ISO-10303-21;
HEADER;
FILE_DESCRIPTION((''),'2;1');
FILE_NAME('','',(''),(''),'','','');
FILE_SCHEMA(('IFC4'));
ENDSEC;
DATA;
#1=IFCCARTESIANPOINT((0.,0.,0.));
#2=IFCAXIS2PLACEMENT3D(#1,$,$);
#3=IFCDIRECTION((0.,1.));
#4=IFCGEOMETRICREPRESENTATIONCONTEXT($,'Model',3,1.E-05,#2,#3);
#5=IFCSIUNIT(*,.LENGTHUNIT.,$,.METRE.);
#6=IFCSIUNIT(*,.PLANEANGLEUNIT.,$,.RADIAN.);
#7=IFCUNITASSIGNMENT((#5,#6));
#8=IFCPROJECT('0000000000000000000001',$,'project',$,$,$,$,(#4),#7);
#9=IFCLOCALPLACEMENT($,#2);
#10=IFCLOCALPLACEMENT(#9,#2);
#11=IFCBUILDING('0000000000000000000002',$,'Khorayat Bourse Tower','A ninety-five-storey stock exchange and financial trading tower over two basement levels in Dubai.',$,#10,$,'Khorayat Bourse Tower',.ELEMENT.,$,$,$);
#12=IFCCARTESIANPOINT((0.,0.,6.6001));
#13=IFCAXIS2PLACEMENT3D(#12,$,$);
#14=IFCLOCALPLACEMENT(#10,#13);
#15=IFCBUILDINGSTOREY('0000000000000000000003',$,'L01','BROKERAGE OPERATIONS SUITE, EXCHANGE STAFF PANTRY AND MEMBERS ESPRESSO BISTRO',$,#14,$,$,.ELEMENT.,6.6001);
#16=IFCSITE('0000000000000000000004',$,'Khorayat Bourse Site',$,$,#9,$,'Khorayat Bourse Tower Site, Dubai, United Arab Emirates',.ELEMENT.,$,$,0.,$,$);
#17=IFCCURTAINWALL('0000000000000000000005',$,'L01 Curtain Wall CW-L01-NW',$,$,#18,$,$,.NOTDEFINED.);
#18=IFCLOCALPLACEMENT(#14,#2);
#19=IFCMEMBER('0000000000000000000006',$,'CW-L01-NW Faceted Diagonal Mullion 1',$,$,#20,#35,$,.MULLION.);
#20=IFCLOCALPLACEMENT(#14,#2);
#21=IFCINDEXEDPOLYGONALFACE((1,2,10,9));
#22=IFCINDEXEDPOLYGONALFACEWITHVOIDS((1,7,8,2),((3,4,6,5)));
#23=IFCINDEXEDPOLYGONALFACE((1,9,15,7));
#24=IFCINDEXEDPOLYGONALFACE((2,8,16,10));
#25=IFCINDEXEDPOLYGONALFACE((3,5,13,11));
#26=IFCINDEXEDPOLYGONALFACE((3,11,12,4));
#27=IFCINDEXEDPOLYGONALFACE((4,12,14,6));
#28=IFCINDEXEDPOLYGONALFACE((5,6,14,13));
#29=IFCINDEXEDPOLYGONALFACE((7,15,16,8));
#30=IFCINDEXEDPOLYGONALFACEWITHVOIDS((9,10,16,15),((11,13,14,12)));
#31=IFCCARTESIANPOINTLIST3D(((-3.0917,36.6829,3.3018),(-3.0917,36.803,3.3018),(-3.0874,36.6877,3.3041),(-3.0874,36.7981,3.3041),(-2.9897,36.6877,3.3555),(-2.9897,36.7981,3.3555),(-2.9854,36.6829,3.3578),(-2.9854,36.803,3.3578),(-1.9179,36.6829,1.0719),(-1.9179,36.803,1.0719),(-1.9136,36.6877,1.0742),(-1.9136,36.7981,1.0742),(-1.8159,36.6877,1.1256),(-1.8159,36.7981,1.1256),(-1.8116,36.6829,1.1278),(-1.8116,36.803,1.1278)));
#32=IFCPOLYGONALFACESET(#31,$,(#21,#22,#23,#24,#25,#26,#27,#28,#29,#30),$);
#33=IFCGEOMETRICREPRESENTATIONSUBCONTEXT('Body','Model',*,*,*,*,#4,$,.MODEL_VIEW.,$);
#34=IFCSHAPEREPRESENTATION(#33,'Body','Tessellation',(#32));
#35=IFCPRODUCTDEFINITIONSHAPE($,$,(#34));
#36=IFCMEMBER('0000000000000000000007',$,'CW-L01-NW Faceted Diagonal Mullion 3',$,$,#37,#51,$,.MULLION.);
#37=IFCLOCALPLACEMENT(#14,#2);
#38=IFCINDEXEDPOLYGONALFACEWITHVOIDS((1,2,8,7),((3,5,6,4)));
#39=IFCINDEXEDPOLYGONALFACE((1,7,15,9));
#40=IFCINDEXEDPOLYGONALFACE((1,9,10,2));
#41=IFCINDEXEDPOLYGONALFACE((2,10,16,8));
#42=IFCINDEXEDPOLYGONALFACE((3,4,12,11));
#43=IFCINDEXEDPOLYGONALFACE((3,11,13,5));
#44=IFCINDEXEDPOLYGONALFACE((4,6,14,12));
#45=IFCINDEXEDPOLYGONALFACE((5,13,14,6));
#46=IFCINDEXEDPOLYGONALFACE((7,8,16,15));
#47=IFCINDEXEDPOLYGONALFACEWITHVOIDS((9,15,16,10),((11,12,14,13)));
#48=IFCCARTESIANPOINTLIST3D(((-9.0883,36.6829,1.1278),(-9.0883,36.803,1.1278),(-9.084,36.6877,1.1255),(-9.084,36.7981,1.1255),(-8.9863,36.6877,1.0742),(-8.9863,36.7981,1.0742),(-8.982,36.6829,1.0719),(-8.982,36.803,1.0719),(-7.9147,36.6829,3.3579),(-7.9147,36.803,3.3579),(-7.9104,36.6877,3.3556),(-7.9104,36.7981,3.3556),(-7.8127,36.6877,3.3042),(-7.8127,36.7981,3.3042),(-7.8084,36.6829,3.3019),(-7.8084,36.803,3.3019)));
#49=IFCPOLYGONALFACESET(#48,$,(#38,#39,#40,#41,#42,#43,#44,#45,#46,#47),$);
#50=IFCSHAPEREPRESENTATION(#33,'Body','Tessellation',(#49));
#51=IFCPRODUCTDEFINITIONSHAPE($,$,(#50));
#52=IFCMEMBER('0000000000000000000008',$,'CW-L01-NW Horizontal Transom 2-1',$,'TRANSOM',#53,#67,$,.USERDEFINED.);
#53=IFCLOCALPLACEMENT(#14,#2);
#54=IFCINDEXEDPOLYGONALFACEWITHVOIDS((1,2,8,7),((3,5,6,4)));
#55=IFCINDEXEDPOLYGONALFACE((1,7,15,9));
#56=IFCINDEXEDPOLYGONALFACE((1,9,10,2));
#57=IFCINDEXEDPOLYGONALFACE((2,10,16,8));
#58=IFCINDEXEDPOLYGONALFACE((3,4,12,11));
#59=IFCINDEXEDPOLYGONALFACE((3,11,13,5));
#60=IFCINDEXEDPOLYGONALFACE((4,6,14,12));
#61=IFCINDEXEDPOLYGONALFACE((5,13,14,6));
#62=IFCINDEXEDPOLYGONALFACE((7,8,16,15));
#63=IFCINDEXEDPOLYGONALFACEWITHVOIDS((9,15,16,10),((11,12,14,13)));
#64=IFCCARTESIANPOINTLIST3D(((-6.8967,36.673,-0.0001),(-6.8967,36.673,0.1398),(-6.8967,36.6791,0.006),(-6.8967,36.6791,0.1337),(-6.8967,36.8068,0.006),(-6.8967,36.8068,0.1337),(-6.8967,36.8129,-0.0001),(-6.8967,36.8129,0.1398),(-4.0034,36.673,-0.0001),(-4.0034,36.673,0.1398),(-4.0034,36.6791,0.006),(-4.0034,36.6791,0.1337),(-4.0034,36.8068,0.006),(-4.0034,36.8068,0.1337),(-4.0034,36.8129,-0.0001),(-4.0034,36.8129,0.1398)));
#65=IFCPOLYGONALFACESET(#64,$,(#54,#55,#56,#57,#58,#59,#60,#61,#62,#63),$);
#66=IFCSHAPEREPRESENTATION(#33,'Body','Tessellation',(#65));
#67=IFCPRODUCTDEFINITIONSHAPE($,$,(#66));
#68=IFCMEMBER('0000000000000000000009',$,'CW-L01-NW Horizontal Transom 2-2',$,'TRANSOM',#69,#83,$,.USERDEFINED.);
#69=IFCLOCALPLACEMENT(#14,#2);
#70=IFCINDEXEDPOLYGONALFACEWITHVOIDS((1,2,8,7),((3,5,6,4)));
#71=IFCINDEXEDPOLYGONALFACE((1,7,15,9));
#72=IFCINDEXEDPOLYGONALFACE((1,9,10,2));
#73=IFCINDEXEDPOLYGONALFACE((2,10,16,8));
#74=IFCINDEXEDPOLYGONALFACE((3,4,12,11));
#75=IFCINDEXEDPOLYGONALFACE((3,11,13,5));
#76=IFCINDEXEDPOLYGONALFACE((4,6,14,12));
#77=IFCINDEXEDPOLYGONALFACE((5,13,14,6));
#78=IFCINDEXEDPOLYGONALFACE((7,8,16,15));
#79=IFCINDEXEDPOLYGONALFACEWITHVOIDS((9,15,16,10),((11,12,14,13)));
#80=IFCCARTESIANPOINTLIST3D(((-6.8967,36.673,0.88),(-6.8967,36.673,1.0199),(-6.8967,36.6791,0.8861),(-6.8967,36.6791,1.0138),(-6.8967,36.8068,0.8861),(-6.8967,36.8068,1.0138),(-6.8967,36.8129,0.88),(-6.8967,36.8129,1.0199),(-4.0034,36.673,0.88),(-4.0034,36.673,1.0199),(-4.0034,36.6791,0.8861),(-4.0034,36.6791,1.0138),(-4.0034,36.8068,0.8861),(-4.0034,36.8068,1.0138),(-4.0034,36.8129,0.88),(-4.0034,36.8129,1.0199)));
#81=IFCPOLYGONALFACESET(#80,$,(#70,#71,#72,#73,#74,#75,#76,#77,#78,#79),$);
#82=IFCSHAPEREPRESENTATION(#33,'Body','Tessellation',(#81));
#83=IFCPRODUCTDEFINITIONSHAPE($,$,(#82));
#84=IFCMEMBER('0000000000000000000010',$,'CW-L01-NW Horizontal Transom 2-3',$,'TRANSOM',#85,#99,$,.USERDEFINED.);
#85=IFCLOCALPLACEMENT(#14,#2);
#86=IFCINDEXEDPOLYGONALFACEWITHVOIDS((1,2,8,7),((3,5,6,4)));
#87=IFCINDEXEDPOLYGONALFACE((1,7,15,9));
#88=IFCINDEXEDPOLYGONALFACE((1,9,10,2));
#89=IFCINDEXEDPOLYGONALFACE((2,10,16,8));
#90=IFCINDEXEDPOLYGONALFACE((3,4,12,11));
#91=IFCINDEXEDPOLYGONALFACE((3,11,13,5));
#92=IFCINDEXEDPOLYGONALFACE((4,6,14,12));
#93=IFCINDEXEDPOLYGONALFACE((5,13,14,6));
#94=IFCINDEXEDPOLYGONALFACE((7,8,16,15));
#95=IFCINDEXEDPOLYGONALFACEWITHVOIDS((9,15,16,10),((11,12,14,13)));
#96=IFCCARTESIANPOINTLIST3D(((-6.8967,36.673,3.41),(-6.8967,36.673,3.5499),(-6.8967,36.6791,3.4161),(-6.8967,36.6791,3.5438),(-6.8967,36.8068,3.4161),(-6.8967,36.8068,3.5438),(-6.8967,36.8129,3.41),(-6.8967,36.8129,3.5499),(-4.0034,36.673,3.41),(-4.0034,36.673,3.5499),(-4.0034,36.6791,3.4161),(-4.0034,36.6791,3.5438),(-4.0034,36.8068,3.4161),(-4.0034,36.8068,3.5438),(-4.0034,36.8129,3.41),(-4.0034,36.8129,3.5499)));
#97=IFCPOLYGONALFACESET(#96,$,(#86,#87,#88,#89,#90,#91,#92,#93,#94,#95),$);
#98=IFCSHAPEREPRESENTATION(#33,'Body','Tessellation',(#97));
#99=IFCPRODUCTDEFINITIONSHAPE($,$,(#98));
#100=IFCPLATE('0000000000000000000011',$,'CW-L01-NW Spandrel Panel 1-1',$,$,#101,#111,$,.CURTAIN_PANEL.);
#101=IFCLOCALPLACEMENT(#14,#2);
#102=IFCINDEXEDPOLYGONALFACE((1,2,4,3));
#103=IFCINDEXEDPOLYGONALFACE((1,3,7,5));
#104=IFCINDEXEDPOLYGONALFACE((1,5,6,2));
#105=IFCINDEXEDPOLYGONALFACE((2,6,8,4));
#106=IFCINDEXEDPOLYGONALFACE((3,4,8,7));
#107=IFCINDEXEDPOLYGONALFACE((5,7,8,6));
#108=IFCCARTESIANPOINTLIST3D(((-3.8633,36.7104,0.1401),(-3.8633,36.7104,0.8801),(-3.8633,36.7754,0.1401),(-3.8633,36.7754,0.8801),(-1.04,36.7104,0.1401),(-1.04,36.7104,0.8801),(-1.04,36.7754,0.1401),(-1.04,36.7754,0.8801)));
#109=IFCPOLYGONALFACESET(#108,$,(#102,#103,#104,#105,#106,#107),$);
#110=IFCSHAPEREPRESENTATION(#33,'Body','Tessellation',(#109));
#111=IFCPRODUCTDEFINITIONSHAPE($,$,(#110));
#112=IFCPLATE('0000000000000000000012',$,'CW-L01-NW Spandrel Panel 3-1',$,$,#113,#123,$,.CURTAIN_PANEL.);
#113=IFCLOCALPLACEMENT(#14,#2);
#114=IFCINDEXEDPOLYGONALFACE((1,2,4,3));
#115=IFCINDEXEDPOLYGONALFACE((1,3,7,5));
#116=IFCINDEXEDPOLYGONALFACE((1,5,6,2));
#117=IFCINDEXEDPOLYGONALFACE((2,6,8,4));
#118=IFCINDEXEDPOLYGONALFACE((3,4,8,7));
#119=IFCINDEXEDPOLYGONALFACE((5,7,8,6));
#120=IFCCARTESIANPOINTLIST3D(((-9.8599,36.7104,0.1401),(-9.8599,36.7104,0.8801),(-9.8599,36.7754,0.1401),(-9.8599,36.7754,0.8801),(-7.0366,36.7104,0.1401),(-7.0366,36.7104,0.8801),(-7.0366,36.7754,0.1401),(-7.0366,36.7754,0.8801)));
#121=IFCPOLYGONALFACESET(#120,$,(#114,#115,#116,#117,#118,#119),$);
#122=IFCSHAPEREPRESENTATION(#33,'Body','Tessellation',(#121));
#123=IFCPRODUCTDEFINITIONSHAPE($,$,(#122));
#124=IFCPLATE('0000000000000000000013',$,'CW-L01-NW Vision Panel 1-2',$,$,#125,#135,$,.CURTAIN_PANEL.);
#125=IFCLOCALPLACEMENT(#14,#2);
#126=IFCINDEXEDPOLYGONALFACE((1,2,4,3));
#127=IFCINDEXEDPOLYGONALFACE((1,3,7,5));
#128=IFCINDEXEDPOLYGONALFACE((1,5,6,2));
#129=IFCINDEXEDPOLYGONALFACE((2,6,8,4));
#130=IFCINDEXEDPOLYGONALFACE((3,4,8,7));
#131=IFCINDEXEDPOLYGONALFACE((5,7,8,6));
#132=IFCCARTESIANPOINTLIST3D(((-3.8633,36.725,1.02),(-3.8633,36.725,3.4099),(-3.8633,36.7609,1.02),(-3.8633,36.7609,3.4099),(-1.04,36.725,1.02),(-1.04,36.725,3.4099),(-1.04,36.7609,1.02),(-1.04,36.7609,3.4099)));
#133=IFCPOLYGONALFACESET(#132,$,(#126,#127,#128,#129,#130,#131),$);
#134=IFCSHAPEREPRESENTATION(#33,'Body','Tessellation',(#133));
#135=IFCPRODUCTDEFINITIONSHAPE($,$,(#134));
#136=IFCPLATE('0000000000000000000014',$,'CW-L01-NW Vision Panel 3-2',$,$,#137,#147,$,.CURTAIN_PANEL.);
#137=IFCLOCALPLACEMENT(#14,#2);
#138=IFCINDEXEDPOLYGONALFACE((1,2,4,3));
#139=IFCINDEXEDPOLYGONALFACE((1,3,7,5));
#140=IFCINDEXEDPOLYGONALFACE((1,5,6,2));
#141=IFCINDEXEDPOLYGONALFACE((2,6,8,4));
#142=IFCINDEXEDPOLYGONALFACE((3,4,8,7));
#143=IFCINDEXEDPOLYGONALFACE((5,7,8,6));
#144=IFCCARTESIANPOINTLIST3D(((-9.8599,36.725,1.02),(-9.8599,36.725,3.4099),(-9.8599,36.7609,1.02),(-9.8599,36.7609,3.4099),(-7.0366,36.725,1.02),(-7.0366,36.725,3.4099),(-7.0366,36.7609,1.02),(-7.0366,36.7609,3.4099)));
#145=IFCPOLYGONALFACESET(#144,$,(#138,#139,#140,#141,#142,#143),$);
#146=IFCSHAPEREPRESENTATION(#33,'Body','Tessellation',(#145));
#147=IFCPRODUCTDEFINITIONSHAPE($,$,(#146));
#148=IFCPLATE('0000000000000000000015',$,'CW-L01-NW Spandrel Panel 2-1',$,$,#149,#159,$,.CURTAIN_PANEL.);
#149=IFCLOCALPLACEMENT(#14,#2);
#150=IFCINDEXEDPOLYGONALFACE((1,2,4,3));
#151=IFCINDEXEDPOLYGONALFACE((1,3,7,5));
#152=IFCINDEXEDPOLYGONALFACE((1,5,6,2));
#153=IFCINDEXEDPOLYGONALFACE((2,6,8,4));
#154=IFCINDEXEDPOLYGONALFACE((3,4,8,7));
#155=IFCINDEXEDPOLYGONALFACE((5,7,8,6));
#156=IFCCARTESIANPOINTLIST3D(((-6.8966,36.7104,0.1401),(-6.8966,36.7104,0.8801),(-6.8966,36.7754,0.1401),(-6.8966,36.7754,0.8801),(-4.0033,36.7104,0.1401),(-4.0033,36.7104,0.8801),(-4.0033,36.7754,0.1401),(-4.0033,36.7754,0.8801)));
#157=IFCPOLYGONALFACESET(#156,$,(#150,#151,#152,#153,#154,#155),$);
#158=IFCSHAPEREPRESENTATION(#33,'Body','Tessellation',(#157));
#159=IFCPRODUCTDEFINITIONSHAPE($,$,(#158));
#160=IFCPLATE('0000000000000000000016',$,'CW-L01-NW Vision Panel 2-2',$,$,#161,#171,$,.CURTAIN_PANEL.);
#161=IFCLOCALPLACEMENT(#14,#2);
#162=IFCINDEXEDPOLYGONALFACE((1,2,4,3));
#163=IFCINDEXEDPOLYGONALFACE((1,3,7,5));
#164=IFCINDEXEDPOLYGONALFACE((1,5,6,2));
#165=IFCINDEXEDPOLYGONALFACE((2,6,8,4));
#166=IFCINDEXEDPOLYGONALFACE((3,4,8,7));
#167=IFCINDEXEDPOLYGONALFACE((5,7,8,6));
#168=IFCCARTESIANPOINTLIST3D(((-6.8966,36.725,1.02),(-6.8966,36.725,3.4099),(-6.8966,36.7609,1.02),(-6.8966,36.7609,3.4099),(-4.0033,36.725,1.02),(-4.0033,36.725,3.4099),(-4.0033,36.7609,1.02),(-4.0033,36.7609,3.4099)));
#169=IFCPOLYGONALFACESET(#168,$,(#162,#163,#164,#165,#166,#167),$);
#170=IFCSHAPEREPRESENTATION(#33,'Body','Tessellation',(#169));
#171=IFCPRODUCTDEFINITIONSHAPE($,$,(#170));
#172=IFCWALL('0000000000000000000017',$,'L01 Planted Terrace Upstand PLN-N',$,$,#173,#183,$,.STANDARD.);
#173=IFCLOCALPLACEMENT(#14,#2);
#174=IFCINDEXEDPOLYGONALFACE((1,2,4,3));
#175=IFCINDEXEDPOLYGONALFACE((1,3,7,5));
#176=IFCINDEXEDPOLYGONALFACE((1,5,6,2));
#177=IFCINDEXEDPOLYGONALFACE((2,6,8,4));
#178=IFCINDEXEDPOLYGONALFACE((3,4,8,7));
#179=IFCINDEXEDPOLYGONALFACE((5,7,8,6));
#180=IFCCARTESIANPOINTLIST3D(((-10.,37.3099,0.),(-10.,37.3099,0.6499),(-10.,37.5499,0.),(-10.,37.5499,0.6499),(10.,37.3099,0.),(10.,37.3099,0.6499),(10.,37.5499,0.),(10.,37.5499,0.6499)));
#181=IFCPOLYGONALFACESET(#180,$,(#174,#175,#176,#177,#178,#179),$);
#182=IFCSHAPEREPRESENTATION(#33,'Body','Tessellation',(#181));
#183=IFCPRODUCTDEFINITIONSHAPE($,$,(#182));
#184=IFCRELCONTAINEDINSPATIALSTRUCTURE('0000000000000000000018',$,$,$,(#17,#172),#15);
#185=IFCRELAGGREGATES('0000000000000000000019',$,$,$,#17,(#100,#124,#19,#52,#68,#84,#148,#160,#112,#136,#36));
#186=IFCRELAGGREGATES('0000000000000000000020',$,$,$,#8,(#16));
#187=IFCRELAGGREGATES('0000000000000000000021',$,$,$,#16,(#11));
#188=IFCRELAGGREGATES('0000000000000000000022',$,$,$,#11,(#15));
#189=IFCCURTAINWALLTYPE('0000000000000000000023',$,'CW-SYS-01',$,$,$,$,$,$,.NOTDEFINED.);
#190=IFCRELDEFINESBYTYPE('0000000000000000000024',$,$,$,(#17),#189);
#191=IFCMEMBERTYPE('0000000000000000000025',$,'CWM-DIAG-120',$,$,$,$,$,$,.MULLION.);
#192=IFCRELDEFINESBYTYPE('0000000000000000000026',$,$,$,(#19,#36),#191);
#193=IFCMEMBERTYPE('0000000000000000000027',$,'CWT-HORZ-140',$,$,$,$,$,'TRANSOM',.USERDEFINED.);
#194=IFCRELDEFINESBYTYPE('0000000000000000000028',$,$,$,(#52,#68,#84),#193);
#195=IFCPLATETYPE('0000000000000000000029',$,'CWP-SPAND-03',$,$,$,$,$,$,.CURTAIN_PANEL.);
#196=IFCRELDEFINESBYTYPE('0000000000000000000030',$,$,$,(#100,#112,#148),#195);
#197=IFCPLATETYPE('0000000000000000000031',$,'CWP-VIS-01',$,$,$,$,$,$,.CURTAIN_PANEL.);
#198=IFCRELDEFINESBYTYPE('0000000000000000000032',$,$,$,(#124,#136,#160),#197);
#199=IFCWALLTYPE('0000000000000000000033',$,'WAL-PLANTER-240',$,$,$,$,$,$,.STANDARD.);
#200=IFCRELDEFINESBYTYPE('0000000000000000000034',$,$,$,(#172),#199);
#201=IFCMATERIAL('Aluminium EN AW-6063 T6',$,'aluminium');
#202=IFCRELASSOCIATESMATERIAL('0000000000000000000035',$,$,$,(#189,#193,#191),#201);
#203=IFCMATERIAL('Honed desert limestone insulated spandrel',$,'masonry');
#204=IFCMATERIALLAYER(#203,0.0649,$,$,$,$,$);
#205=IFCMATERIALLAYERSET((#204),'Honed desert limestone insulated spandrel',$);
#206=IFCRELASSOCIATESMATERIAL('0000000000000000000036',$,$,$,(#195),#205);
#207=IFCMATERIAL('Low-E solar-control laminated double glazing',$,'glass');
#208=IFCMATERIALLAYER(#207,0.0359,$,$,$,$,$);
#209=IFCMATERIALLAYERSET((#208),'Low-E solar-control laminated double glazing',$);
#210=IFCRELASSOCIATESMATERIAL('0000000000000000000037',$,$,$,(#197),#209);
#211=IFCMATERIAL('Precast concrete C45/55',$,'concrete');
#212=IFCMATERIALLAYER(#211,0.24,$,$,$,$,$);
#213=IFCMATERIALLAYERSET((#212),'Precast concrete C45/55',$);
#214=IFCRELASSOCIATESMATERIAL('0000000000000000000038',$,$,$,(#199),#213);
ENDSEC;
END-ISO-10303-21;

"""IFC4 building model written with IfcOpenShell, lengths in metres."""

from ifc_helpers import new_model, si_unit, direction, frame, frame_2d, origin, origin_2d, place, context, subcontext, project, spatial, rectangle, hollow_rectangle, extrude, source, transform, mapped, material, layer, layer_set, material_profile, profile_set, type_object, element, aggregate, save


model = new_model("IFC4")

# Units and contexts
model_context = context("Model", 3, precision=1e-05, world=origin(), true_north=direction((0.0, 1.0)))
body_context = subcontext(model_context, "Body", "Model", "MODEL_VIEW")
ifc_project = project(units=[si_unit("LENGTHUNIT", "METRE"), si_unit("PLANEANGLEUNIT", "RADIAN")], contexts=[model_context])

# Site, building, storey
site_placement = place(None, origin())
site = spatial("IfcSite", under=ifc_project, at=site_placement, Name="Khorayat Bourse Site", LongName="Khorayat Bourse Tower Site, Dubai, United Arab Emirates", CompositionType="ELEMENT", RefElevation=0.0)
building_placement = place(site_placement, origin())
building = spatial("IfcBuilding", under=site, at=building_placement, Name="Khorayat Bourse Tower", Description="A ninety-five-storey stock exchange and financial trading tower over two basement levels in Dubai.", LongName="Khorayat Bourse Tower", CompositionType="ELEMENT")
storey_placement = place(building_placement, frame((0.0, 0.0, 6.6001)))
storey = spatial("IfcBuildingStorey", under=building, at=storey_placement, Name="L01", Description="BROKERAGE OPERATIONS SUITE, EXCHANGE STAFF PANTRY AND MEMBERS ESPRESSO BISTRO", CompositionType="ELEMENT", Elevation=6.6001)

# Curtain wall, members, plates
ifc_material_1 = material(Name="Aluminium EN AW-6063 T6", Category="aluminium")
curtain_wall_type = type_object("IfcCurtainWallType", Name="CW-SYS-01", PredefinedType="NOTDEFINED", material=ifc_material_1)
curtain_wall_placement = place(storey_placement, origin())
curtain_wall = element("IfcCurtainWall", 1, at=curtain_wall_placement, inside=storey, type_object=curtain_wall_type, Name="L01 Curtain Wall CW-L01-NW", PredefinedType="NOTDEFINED")
ifc_material_profile_1 = material_profile(ifc_material_1, hollow_rectangle(XDim=0.1399, YDim=0.1399, WallThickness=0.0061, at=origin_2d()), Name="ALU 140x140x6")
ifc_profile_set_1 = profile_set([ifc_material_profile_1], Name="Aluminium EN AW-6063 T6")
member_type_1 = type_object("IfcMemberType", Name="CWT-HORZ-140", ElementType="TRANSOM", PredefinedType="USERDEFINED", material=ifc_profile_set_1)
ifc_material_profile_2 = material_profile(ifc_material_1, hollow_rectangle(XDim=0.1201, YDim=0.1201, WallThickness=0.0049, at=origin_2d()), Name="ALU 120x120x5")
ifc_profile_set_2 = profile_set([ifc_material_profile_2], Name="Aluminium EN AW-6063 T6")
member_type_2 = type_object("IfcMemberType", Name="CWM-DIAG-120", PredefinedType="MULLION", material=ifc_profile_set_2)
shared_shape_1 = source(origin(), body_context, "Body", "SweptSolid", [
    extrude(hollow_rectangle(XDim=0.1201, YDim=0.1201, WallThickness=0.0049, at=origin_2d()), origin(), (0.0, 0.0, 1.0), 2.52),
])
member_1_placement = place(storey_placement, frame((-1.8647, 36.7429, 1.0999), z_axis=(-0.465794, 0.0, 0.884893), x_axis=(0.0, -1.0, 0.0)))
member_1 = element("IfcMember", 2, at=member_1_placement, type_object=member_type_2, Name="CW-L01-NW Faceted Diagonal Mullion 1", PredefinedType="MULLION", context=body_context, shape_type="MappedRepresentation", body=[
    mapped(shared_shape_1, transform((0.0, 0.0, 0.0), scale=1.0)),
])
member_2_placement = place(storey_placement, frame((-9.0352, 36.7429, 1.0999), z_axis=(0.465718, 0.0, 0.884933), x_axis=(0.0, 1.0, 0.0)))
member_2 = element("IfcMember", 3, at=member_2_placement, type_object=member_type_2, Name="CW-L01-NW Faceted Diagonal Mullion 3", PredefinedType="MULLION", context=body_context, shape_type="MappedRepresentation", body=[
    mapped(shared_shape_1, transform((0.0, 0.0, 0.0), scale=1.0)),
])
shared_shape_2 = source(origin(), body_context, "Body", "SweptSolid", [
    extrude(hollow_rectangle(XDim=0.1399, YDim=0.1399, WallThickness=0.0061, at=origin_2d()), origin(), (0.0, 0.0, 1.0), 2.8933),
])
member_3_placement = place(storey_placement, frame((-4.0034, 36.7429, 0.0698), z_axis=(-1.0, 0.0, 0.0), x_axis=(0.0, -1.0, 0.0)))
member_3 = element("IfcMember", 4, at=member_3_placement, type_object=member_type_1, Name="CW-L01-NW Horizontal Transom 2-1", ObjectType="TRANSOM", PredefinedType="USERDEFINED", context=body_context, shape_type="MappedRepresentation", body=[
    mapped(shared_shape_2, transform((0.0, 0.0, 0.0), scale=1.0)),
])
member_4_placement = place(storey_placement, frame((-4.0034, 36.7429, 0.95), z_axis=(-1.0, 0.0, 0.0), x_axis=(0.0, -1.0, 0.0)))
member_4 = element("IfcMember", 5, at=member_4_placement, type_object=member_type_1, Name="CW-L01-NW Horizontal Transom 2-2", ObjectType="TRANSOM", PredefinedType="USERDEFINED", context=body_context, shape_type="MappedRepresentation", body=[
    mapped(shared_shape_2, transform((0.0, 0.0, 0.0), scale=1.0)),
])
member_5_placement = place(storey_placement, frame((-4.0034, 36.7429, 3.48), z_axis=(-1.0, 0.0, 0.0), x_axis=(0.0, -1.0, 0.0)))
member_5 = element("IfcMember", 6, at=member_5_placement, type_object=member_type_1, Name="CW-L01-NW Horizontal Transom 2-3", ObjectType="TRANSOM", PredefinedType="USERDEFINED", context=body_context, shape_type="MappedRepresentation", body=[
    mapped(shared_shape_2, transform((0.0, 0.0, 0.0), scale=1.0)),
])
ifc_material_2 = material(Name="Honed desert limestone insulated spandrel", Category="masonry")
ifc_layer_1 = layer(ifc_material_2, 0.0649)
ifc_layer_set_1 = layer_set([ifc_layer_1], Name="Honed desert limestone insulated spandrel")
plate_type_1 = type_object("IfcPlateType", Name="CWP-SPAND-03", PredefinedType="CURTAIN_PANEL", material=ifc_layer_set_1)
shared_shape_3 = source(origin(), body_context, "Body", "SweptSolid", [
    extrude(rectangle(XDim=2.8232, YDim=0.0649, at=origin_2d()), origin(), (0.0, 0.0, 1.0), 0.74),
])
plate_1_placement = place(storey_placement, frame((-2.4517, 36.7429, 0.1401), z_axis=(0.0, 0.0, 1.0), x_axis=(-1.0, 0.0, 0.0)))
plate_1 = element("IfcPlate", 7, at=plate_1_placement, type_object=plate_type_1, Name="CW-L01-NW Spandrel Panel 1-1", PredefinedType="CURTAIN_PANEL", context=body_context, shape_type="MappedRepresentation", body=[
    mapped(shared_shape_3, transform((0.0, 0.0, 0.0), scale=1.0)),
])
plate_2_placement = place(storey_placement, frame((-8.4482, 36.7429, 0.1401), z_axis=(0.0, 0.0, 1.0), x_axis=(-1.0, 0.0, 0.0)))
plate_2 = element("IfcPlate", 8, at=plate_2_placement, type_object=plate_type_1, Name="CW-L01-NW Spandrel Panel 3-1", PredefinedType="CURTAIN_PANEL", context=body_context, shape_type="MappedRepresentation", body=[
    mapped(shared_shape_3, transform((0.0, 0.0, 0.0), scale=1.0)),
])
ifc_material_3 = material(Name="Low-E solar-control laminated double glazing", Category="glass")
ifc_layer_2 = layer(ifc_material_3, 0.0359)
ifc_layer_set_2 = layer_set([ifc_layer_2], Name="Low-E solar-control laminated double glazing")
plate_type_2 = type_object("IfcPlateType", Name="CWP-VIS-01", PredefinedType="CURTAIN_PANEL", material=ifc_layer_set_2)
shared_shape_4 = source(origin(), body_context, "Body", "SweptSolid", [
    extrude(rectangle(XDim=2.8232, YDim=0.0359, at=origin_2d()), origin(), (0.0, 0.0, 1.0), 2.3899),
])
plate_3_placement = place(storey_placement, frame((-2.4517, 36.7429, 1.02), z_axis=(0.0, 0.0, 1.0), x_axis=(-1.0, 0.0, 0.0)))
plate_3 = element("IfcPlate", 9, at=plate_3_placement, type_object=plate_type_2, Name="CW-L01-NW Vision Panel 1-2", PredefinedType="CURTAIN_PANEL", context=body_context, shape_type="MappedRepresentation", body=[
    mapped(shared_shape_4, transform((0.0, 0.0, 0.0), scale=1.0)),
])
plate_4_placement = place(storey_placement, frame((-8.4482, 36.7429, 1.02), z_axis=(0.0, 0.0, 1.0), x_axis=(-1.0, 0.0, 0.0)))
plate_4 = element("IfcPlate", 10, at=plate_4_placement, type_object=plate_type_2, Name="CW-L01-NW Vision Panel 3-2", PredefinedType="CURTAIN_PANEL", context=body_context, shape_type="MappedRepresentation", body=[
    mapped(shared_shape_4, transform((0.0, 0.0, 0.0), scale=1.0)),
])
shared_shape_5 = source(origin(), body_context, "Body", "SweptSolid", [
    extrude(rectangle(XDim=2.8933, YDim=0.0649, at=origin_2d()), origin(), (0.0, 0.0, 1.0), 0.74),
])
plate_5_placement = place(storey_placement, frame((-5.45, 36.7429, 0.1401), z_axis=(0.0, 0.0, 1.0), x_axis=(-1.0, 0.0, 0.0)))
plate_5 = element("IfcPlate", 11, at=plate_5_placement, type_object=plate_type_1, Name="CW-L01-NW Spandrel Panel 2-1", PredefinedType="CURTAIN_PANEL", context=body_context, shape_type="MappedRepresentation", body=[
    mapped(shared_shape_5, transform((0.0, 0.0, 0.0), scale=1.0)),
])
shared_shape_6 = source(origin(), body_context, "Body", "SweptSolid", [
    extrude(rectangle(XDim=2.8933, YDim=0.0359, at=origin_2d()), origin(), (0.0, 0.0, 1.0), 2.3899),
])
plate_6_placement = place(storey_placement, frame((-5.45, 36.7429, 1.02), z_axis=(0.0, 0.0, 1.0), x_axis=(-1.0, 0.0, 0.0)))
plate_6 = element("IfcPlate", 12, at=plate_6_placement, type_object=plate_type_2, Name="CW-L01-NW Vision Panel 2-2", PredefinedType="CURTAIN_PANEL", context=body_context, shape_type="MappedRepresentation", body=[
    mapped(shared_shape_6, transform((0.0, 0.0, 0.0), scale=1.0)),
])
aggregate(curtain_wall, [plate_1, plate_3, member_1, member_3, member_4, member_5, plate_5, plate_6, plate_2, plate_4, member_2])

# Wall
ifc_material_4 = material(Name="Precast concrete C45/55", Category="concrete")
ifc_layer_3 = layer(ifc_material_4, 0.24)
ifc_layer_set_3 = layer_set([ifc_layer_3], Name="Precast concrete C45/55")
wall_type_1 = type_object("IfcWallType", Name="WAL-PLANTER-240", PredefinedType="STANDARD", material=ifc_layer_set_3)
shared_shape_7 = source(origin(), body_context, "Body", "SweptSolid", [
    extrude(rectangle(XDim=20.0, YDim=0.24, at=frame_2d((10.0, 0.0))), origin(), (0.0, 0.0, 1.0), 0.6499),
])
wall_1_placement = place(storey_placement, frame((-10.0, 37.4299, 0.0), z_axis=(0.0, 0.0, 1.0), x_axis=(1.0, 0.0, 0.0)))
element("IfcWall", 13, at=wall_1_placement, inside=storey, type_object=wall_type_1, Name="L01 Planted Terrace Upstand PLN-N", PredefinedType="STANDARD", context=body_context, shape_type="MappedRepresentation", body=[
    mapped(shared_shape_7, transform((0.0, 0.0, 0.0), scale=1.0)),
])

save(model, "model.ifc")
